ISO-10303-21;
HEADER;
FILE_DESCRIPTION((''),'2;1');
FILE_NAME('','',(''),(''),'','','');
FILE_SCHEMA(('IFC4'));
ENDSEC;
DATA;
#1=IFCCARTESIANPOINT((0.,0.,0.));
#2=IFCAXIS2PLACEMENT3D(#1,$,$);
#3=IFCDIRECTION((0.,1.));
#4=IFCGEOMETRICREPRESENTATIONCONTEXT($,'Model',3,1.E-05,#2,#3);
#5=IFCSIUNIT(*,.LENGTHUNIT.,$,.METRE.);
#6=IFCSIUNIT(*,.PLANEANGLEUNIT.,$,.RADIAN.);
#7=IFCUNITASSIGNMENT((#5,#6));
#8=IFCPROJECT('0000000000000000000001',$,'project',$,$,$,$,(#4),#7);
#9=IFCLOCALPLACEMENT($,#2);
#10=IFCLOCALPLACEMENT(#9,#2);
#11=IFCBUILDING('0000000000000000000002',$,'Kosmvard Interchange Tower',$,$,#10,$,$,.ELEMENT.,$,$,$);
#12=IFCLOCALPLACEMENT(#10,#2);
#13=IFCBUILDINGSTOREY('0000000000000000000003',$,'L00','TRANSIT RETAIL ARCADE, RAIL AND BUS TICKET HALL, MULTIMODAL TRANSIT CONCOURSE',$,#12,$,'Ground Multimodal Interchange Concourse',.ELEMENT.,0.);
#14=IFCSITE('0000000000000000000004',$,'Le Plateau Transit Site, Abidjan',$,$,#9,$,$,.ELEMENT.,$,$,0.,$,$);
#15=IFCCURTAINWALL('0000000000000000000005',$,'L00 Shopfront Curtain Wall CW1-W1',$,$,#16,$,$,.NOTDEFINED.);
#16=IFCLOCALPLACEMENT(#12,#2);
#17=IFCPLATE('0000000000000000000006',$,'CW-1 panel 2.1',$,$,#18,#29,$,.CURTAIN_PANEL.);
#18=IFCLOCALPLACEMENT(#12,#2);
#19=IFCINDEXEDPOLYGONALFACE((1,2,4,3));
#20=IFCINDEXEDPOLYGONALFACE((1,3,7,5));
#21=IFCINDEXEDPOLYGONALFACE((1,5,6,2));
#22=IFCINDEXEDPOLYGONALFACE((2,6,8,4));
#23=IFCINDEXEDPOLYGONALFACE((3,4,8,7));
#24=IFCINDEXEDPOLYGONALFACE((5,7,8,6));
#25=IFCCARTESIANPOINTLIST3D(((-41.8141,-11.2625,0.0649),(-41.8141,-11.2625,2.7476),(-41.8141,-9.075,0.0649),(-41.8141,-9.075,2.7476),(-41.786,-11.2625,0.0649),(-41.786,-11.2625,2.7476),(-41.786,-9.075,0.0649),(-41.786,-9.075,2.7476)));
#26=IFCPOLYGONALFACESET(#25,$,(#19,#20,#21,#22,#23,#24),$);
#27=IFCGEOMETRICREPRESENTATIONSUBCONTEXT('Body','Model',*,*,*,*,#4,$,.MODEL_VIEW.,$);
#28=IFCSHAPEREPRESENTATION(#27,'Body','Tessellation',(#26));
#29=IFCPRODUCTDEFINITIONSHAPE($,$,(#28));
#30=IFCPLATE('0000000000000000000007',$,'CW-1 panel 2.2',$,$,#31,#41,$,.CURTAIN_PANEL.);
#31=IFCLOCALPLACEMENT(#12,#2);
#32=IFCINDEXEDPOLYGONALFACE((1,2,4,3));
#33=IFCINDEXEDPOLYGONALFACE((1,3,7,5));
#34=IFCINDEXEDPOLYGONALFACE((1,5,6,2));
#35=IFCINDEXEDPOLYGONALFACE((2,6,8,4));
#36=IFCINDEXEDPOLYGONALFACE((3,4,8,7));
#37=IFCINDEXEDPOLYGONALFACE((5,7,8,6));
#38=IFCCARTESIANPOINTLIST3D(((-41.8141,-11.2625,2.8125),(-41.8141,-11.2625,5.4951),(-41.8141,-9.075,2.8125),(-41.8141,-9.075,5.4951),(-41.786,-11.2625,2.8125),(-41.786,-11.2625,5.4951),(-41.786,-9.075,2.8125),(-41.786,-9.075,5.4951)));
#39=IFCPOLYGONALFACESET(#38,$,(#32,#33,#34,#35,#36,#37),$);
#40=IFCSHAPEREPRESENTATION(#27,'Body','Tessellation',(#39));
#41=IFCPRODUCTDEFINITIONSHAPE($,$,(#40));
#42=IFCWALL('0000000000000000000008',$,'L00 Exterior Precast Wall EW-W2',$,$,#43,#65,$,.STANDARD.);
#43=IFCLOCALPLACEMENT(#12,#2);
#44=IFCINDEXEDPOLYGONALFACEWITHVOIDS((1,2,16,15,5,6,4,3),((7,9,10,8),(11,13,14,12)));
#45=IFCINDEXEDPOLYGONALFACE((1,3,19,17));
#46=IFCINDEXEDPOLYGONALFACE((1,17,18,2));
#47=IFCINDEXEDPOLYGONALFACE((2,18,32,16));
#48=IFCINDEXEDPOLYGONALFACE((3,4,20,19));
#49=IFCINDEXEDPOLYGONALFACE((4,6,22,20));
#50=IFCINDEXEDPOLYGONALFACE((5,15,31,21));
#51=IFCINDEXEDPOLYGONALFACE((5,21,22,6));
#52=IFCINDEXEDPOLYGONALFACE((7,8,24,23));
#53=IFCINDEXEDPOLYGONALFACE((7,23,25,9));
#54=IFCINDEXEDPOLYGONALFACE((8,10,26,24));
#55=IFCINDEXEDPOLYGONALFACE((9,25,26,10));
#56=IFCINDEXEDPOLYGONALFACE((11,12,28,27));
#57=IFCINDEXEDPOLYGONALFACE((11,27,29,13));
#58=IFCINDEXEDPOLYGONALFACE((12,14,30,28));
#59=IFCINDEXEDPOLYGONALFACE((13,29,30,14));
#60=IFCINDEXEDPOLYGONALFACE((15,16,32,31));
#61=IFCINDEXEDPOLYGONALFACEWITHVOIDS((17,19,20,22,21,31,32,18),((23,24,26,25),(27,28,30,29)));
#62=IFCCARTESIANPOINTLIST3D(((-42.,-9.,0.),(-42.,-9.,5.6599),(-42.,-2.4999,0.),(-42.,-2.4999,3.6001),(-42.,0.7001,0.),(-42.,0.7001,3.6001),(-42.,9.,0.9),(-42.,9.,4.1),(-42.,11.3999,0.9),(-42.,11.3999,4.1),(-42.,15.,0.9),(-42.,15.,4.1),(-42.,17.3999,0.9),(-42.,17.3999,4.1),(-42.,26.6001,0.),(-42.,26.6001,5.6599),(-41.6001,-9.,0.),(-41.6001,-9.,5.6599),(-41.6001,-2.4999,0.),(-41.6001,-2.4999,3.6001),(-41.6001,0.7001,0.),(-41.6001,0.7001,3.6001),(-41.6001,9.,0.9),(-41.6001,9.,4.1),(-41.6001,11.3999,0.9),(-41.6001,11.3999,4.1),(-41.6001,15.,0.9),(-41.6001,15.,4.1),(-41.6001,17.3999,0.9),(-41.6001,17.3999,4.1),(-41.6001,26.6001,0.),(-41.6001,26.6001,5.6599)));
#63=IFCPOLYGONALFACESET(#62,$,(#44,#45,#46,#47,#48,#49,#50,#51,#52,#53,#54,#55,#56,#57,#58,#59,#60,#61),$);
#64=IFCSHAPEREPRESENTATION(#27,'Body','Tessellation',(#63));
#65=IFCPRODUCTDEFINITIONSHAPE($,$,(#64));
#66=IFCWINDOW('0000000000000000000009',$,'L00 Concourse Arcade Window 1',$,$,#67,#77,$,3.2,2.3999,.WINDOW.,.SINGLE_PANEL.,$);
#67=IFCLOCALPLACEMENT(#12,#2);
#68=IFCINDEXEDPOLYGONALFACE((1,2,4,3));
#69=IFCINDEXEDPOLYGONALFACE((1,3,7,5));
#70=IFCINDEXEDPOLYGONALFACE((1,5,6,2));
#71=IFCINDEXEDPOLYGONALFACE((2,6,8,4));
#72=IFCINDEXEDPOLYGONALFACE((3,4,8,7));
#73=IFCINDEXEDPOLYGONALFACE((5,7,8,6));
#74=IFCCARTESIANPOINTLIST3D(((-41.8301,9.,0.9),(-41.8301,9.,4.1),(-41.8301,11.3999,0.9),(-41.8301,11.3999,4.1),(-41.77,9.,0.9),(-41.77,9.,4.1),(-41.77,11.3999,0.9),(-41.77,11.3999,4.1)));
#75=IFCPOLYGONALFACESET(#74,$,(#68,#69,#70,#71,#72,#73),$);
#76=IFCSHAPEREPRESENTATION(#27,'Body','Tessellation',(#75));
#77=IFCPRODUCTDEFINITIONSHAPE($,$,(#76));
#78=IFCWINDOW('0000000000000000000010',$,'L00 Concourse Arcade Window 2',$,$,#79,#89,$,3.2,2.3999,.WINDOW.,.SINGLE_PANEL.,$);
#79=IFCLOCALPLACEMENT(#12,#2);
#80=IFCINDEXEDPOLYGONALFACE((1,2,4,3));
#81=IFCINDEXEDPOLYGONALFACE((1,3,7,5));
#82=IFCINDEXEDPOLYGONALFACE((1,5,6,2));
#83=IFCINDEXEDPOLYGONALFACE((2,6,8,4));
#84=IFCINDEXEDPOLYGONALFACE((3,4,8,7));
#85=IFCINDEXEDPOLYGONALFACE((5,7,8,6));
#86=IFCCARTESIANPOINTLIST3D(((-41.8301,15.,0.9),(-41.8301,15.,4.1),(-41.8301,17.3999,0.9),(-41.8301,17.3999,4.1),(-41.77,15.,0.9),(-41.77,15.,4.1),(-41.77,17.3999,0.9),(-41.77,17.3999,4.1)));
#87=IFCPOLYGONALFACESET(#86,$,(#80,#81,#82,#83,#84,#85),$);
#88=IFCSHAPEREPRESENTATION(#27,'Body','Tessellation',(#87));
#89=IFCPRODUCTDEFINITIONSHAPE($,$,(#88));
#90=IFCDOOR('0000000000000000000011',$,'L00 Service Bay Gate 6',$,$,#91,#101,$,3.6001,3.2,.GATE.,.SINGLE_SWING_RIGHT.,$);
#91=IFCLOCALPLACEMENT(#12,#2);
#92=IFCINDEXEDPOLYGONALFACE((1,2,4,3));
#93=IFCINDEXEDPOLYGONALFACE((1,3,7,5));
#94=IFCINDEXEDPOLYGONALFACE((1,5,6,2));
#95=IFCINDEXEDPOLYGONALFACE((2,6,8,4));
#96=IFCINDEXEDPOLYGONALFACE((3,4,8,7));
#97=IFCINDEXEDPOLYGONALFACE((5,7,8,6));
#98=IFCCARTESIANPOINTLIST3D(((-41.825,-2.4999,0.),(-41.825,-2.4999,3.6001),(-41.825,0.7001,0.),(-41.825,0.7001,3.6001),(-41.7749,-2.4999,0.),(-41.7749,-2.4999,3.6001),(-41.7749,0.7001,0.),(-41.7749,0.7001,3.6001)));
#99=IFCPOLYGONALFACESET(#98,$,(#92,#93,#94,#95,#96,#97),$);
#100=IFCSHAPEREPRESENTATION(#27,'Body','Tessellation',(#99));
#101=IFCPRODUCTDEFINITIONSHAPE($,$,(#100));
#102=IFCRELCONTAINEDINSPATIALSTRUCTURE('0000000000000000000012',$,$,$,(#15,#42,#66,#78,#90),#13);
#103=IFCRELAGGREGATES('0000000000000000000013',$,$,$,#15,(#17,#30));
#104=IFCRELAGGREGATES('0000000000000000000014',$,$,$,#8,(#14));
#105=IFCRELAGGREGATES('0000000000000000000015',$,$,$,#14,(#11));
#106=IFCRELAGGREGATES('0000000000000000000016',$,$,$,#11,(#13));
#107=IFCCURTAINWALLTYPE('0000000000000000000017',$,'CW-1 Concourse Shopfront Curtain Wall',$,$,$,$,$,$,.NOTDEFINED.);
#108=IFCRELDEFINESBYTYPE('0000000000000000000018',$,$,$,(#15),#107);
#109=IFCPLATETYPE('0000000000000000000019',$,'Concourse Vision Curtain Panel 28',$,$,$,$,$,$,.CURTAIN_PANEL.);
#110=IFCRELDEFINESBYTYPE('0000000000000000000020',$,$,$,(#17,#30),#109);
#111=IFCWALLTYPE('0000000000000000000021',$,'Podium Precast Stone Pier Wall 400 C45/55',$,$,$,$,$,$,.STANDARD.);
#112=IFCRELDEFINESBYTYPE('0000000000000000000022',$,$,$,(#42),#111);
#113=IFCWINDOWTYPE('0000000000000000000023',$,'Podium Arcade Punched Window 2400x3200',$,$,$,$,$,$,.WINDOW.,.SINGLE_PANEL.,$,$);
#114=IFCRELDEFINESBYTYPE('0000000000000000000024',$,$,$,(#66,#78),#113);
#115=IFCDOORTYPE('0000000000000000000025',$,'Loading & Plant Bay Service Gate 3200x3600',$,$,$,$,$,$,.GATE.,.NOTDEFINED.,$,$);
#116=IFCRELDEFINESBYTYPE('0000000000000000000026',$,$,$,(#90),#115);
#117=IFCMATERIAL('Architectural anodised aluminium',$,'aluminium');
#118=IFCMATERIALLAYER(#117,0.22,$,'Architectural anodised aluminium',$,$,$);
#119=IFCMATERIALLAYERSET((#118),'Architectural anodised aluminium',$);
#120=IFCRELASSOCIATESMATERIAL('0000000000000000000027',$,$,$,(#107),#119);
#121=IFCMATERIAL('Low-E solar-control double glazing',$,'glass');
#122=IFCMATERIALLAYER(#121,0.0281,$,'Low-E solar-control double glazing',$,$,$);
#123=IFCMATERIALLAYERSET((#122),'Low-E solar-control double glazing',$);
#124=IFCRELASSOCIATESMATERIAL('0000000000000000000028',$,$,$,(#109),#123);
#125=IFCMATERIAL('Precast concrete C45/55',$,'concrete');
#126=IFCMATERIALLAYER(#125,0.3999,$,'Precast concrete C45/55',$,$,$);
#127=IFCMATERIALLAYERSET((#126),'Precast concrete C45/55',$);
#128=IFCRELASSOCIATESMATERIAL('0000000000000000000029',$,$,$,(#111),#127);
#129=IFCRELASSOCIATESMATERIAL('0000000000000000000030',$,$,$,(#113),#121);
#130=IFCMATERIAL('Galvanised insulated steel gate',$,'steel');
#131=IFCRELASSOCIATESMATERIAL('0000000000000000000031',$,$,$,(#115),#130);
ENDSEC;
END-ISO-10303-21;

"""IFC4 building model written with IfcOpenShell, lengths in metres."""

from ifc_helpers import new_model, si_unit, direction, frame, frame_2d, origin, origin_2d, place, context, subcontext, project, spatial, rectangle, extrude, source, transform, mapped, material, layer, layer_set, type_object, element, fill, aggregate, save


model = new_model("IFC4")

# Units and contexts
model_context = context("Model", 3, precision=1e-05, world=origin(), true_north=direction((0.0, 1.0)))
body_context = subcontext(model_context, "Body", "Model", "MODEL_VIEW")
ifc_project = project(units=[si_unit("LENGTHUNIT", "METRE"), si_unit("PLANEANGLEUNIT", "RADIAN")], contexts=[model_context])

# Site, building, storey
site_placement = place(None, origin())
site = spatial("IfcSite", under=ifc_project, at=site_placement, Name="Le Plateau Transit Site, Abidjan", CompositionType="ELEMENT", RefElevation=0.0)
building_placement = place(site_placement, origin())
building = spatial("IfcBuilding", under=site, at=building_placement, Name="Kosmvard Interchange Tower", CompositionType="ELEMENT")
storey_placement = place(building_placement, origin())
storey = spatial("IfcBuildingStorey", under=building, at=storey_placement, Name="L00", Description="TRANSIT RETAIL ARCADE, RAIL AND BUS TICKET HALL, MULTIMODAL TRANSIT CONCOURSE", LongName="Ground Multimodal Interchange Concourse", CompositionType="ELEMENT", Elevation=0.0)

# Curtain wall, plates
ifc_material_1 = material(Name="Architectural anodised aluminium", Category="aluminium")
ifc_layer_1 = layer(ifc_material_1, 0.22, Name="Architectural anodised aluminium")
ifc_layer_set_1 = layer_set([ifc_layer_1], Name="Architectural anodised aluminium")
curtain_wall_type = type_object("IfcCurtainWallType", Name="CW-1 Concourse Shopfront Curtain Wall", PredefinedType="NOTDEFINED", material=ifc_layer_set_1)
curtain_wall_placement = place(storey_placement, origin())
curtain_wall = element("IfcCurtainWall", 1, at=curtain_wall_placement, inside=storey, type_object=curtain_wall_type, Name="L00 Shopfront Curtain Wall CW1-W1", PredefinedType="NOTDEFINED")
ifc_material_2 = material(Name="Low-E solar-control double glazing", Category="glass")
ifc_layer_2 = layer(ifc_material_2, 0.0281, Name="Low-E solar-control double glazing")
ifc_layer_set_2 = layer_set([ifc_layer_2], Name="Low-E solar-control double glazing")
plate_type = type_object("IfcPlateType", Name="Concourse Vision Curtain Panel 28", PredefinedType="CURTAIN_PANEL", material=ifc_layer_set_2)
shared_shape_1 = source(origin(), body_context, "Body", "SweptSolid", [
    extrude(rectangle(XDim=2.1875, YDim=0.0281, at=origin_2d()), origin(), (0.0, 0.0, 1.0), 2.6826),
])
plate_1_placement = place(storey_placement, frame((-41.8, -10.1687, 0.0649), z_axis=(0.0, 0.0, 1.0), x_axis=(0.0, 1.0, 0.0)))
plate_1 = element("IfcPlate", 2, at=plate_1_placement, type_object=plate_type, Name="CW-1 panel 2.1", PredefinedType="CURTAIN_PANEL", context=body_context, shape_type="MappedRepresentation", body=[
    mapped(shared_shape_1, transform((0.0, 0.0, 0.0), scale=1.0)),
])
plate_2_placement = place(storey_placement, frame((-41.8, -10.1687, 2.8125), z_axis=(0.0, 0.0, 1.0), x_axis=(0.0, 1.0, 0.0)))
plate_2 = element("IfcPlate", 3, at=plate_2_placement, type_object=plate_type, Name="CW-1 panel 2.2", PredefinedType="CURTAIN_PANEL", context=body_context, shape_type="MappedRepresentation", body=[
    mapped(shared_shape_1, transform((0.0, 0.0, 0.0), scale=1.0)),
])
aggregate(curtain_wall, [plate_1, plate_2])

# Wall, openings, windows, door
ifc_material_3 = material(Name="Precast concrete C45/55", Category="concrete")
ifc_layer_3 = layer(ifc_material_3, 0.3999, Name="Precast concrete C45/55")
ifc_layer_set_3 = layer_set([ifc_layer_3], Name="Precast concrete C45/55")
wall_type = type_object("IfcWallType", Name="Podium Precast Stone Pier Wall 400 C45/55", PredefinedType="STANDARD", material=ifc_layer_set_3)
wall_placement = place(storey_placement, frame((-41.8, -9.0, 0.0), z_axis=(0.0, 0.0, 1.0), x_axis=(0.0, 1.0, 0.0)))
wall = element("IfcWall", 4, at=wall_placement, inside=storey, type_object=wall_type, Name="L00 Exterior Precast Wall EW-W2", PredefinedType="STANDARD", context=body_context, shape_type="SweptSolid", body=[
    extrude(rectangle(XDim=35.6001, YDim=0.3999, at=frame_2d((17.8, 0.0))), origin(), (0.0, 0.0, 1.0), 5.6599),
])
opening_1_placement = place(wall_placement, frame((18.0, 0.0, 0.8999)))
opening_1 = element("IfcOpeningElement", 5, at=opening_1_placement, cuts=wall, PredefinedType="OPENING", context=body_context, shape_type="SweptSolid", body=[
    extrude(rectangle(XDim=2.3999, YDim=3.2, at=frame_2d((1.2, 1.6001))), frame((0.0, 0.21, 0.0), z_axis=(0.0, -1.0, 0.0), x_axis=(1.0, 0.0, 0.0)), (0.0, 0.0, 1.0), 0.4199),
])
opening_2_placement = place(wall_placement, frame((24.0, 0.0, 0.8999)))
opening_2 = element("IfcOpeningElement", 6, at=opening_2_placement, cuts=wall, PredefinedType="OPENING", context=body_context, shape_type="SweptSolid", body=[
    extrude(rectangle(XDim=2.3999, YDim=3.2, at=frame_2d((1.2, 1.6001))), frame((0.0, 0.21, 0.0), z_axis=(0.0, -1.0, 0.0), x_axis=(1.0, 0.0, 0.0)), (0.0, 0.0, 1.0), 0.4199),
])
opening_3_placement = place(wall_placement, frame((6.5, 0.0, 0.0)))
opening_3 = element("IfcOpeningElement", 7, at=opening_3_placement, cuts=wall, PredefinedType="OPENING", context=body_context, shape_type="SweptSolid", body=[
    extrude(rectangle(XDim=3.2, YDim=3.6001, at=frame_2d((1.6001, 1.8))), frame((0.0, 0.21, 0.0), z_axis=(0.0, -1.0, 0.0), x_axis=(1.0, 0.0, 0.0)), (0.0, 0.0, 1.0), 0.4199),
])
window_type = type_object("IfcWindowType", Name="Podium Arcade Punched Window 2400x3200", PartitioningType="SINGLE_PANEL", PredefinedType="WINDOW", material=ifc_material_2)
shared_shape_2 = source(origin(), body_context, "Body", "SweptSolid", [
    extrude(rectangle(XDim=2.3999, YDim=3.2, at=frame_2d((1.2, 1.6001))), frame((0.0, 0.03, 0.0), z_axis=(0.0, -1.0, 0.0), x_axis=(1.0, 0.0, 0.0)), (0.0, 0.0, 1.0), 0.0601),
])
window_1_placement = place(opening_1_placement, origin())
window_1 = element("IfcWindow", 8, at=window_1_placement, inside=storey, type_object=window_type, Name="L00 Concourse Arcade Window 1", OverallHeight=3.2, OverallWidth=2.3999, PartitioningType="SINGLE_PANEL", PredefinedType="WINDOW", context=body_context, shape_type="MappedRepresentation", body=[
    mapped(shared_shape_2, transform((0.0, 0.0, 0.0), scale=1.0)),
])
fill(opening_1, window_1)
window_2_placement = place(opening_2_placement, origin())
window_2 = element("IfcWindow", 9, at=window_2_placement, inside=storey, type_object=window_type, Name="L00 Concourse Arcade Window 2", OverallHeight=3.2, OverallWidth=2.3999, PartitioningType="SINGLE_PANEL", PredefinedType="WINDOW", context=body_context, shape_type="MappedRepresentation", body=[
    mapped(shared_shape_2, transform((0.0, 0.0, 0.0), scale=1.0)),
])
fill(opening_2, window_2)
ifc_material_4 = material(Name="Galvanised insulated steel gate", Category="steel")
door_type = type_object("IfcDoorType", Name="Loading & Plant Bay Service Gate 3200x3600", OperationType="NOTDEFINED", PredefinedType="GATE", material=ifc_material_4)
shared_shape_3 = source(origin(), body_context, "Body", "SweptSolid", [
    extrude(rectangle(XDim=3.2, YDim=3.6001, at=frame_2d((1.6001, 1.8))), frame((0.0, 0.0249, 0.0), z_axis=(0.0, -1.0, 0.0), x_axis=(1.0, 0.0, 0.0)), (0.0, 0.0, 1.0), 0.05),
])
door_placement = place(opening_3_placement, origin())
door = element("IfcDoor", 10, at=door_placement, inside=storey, type_object=door_type, Name="L00 Service Bay Gate 6", OperationType="SINGLE_SWING_RIGHT", OverallHeight=3.6001, OverallWidth=3.2, PredefinedType="GATE", context=body_context, shape_type="MappedRepresentation", body=[
    mapped(shared_shape_3, transform((0.0, 0.0, 0.0), scale=1.0)),
])
fill(opening_3, door)

save(model, "model.ifc")
